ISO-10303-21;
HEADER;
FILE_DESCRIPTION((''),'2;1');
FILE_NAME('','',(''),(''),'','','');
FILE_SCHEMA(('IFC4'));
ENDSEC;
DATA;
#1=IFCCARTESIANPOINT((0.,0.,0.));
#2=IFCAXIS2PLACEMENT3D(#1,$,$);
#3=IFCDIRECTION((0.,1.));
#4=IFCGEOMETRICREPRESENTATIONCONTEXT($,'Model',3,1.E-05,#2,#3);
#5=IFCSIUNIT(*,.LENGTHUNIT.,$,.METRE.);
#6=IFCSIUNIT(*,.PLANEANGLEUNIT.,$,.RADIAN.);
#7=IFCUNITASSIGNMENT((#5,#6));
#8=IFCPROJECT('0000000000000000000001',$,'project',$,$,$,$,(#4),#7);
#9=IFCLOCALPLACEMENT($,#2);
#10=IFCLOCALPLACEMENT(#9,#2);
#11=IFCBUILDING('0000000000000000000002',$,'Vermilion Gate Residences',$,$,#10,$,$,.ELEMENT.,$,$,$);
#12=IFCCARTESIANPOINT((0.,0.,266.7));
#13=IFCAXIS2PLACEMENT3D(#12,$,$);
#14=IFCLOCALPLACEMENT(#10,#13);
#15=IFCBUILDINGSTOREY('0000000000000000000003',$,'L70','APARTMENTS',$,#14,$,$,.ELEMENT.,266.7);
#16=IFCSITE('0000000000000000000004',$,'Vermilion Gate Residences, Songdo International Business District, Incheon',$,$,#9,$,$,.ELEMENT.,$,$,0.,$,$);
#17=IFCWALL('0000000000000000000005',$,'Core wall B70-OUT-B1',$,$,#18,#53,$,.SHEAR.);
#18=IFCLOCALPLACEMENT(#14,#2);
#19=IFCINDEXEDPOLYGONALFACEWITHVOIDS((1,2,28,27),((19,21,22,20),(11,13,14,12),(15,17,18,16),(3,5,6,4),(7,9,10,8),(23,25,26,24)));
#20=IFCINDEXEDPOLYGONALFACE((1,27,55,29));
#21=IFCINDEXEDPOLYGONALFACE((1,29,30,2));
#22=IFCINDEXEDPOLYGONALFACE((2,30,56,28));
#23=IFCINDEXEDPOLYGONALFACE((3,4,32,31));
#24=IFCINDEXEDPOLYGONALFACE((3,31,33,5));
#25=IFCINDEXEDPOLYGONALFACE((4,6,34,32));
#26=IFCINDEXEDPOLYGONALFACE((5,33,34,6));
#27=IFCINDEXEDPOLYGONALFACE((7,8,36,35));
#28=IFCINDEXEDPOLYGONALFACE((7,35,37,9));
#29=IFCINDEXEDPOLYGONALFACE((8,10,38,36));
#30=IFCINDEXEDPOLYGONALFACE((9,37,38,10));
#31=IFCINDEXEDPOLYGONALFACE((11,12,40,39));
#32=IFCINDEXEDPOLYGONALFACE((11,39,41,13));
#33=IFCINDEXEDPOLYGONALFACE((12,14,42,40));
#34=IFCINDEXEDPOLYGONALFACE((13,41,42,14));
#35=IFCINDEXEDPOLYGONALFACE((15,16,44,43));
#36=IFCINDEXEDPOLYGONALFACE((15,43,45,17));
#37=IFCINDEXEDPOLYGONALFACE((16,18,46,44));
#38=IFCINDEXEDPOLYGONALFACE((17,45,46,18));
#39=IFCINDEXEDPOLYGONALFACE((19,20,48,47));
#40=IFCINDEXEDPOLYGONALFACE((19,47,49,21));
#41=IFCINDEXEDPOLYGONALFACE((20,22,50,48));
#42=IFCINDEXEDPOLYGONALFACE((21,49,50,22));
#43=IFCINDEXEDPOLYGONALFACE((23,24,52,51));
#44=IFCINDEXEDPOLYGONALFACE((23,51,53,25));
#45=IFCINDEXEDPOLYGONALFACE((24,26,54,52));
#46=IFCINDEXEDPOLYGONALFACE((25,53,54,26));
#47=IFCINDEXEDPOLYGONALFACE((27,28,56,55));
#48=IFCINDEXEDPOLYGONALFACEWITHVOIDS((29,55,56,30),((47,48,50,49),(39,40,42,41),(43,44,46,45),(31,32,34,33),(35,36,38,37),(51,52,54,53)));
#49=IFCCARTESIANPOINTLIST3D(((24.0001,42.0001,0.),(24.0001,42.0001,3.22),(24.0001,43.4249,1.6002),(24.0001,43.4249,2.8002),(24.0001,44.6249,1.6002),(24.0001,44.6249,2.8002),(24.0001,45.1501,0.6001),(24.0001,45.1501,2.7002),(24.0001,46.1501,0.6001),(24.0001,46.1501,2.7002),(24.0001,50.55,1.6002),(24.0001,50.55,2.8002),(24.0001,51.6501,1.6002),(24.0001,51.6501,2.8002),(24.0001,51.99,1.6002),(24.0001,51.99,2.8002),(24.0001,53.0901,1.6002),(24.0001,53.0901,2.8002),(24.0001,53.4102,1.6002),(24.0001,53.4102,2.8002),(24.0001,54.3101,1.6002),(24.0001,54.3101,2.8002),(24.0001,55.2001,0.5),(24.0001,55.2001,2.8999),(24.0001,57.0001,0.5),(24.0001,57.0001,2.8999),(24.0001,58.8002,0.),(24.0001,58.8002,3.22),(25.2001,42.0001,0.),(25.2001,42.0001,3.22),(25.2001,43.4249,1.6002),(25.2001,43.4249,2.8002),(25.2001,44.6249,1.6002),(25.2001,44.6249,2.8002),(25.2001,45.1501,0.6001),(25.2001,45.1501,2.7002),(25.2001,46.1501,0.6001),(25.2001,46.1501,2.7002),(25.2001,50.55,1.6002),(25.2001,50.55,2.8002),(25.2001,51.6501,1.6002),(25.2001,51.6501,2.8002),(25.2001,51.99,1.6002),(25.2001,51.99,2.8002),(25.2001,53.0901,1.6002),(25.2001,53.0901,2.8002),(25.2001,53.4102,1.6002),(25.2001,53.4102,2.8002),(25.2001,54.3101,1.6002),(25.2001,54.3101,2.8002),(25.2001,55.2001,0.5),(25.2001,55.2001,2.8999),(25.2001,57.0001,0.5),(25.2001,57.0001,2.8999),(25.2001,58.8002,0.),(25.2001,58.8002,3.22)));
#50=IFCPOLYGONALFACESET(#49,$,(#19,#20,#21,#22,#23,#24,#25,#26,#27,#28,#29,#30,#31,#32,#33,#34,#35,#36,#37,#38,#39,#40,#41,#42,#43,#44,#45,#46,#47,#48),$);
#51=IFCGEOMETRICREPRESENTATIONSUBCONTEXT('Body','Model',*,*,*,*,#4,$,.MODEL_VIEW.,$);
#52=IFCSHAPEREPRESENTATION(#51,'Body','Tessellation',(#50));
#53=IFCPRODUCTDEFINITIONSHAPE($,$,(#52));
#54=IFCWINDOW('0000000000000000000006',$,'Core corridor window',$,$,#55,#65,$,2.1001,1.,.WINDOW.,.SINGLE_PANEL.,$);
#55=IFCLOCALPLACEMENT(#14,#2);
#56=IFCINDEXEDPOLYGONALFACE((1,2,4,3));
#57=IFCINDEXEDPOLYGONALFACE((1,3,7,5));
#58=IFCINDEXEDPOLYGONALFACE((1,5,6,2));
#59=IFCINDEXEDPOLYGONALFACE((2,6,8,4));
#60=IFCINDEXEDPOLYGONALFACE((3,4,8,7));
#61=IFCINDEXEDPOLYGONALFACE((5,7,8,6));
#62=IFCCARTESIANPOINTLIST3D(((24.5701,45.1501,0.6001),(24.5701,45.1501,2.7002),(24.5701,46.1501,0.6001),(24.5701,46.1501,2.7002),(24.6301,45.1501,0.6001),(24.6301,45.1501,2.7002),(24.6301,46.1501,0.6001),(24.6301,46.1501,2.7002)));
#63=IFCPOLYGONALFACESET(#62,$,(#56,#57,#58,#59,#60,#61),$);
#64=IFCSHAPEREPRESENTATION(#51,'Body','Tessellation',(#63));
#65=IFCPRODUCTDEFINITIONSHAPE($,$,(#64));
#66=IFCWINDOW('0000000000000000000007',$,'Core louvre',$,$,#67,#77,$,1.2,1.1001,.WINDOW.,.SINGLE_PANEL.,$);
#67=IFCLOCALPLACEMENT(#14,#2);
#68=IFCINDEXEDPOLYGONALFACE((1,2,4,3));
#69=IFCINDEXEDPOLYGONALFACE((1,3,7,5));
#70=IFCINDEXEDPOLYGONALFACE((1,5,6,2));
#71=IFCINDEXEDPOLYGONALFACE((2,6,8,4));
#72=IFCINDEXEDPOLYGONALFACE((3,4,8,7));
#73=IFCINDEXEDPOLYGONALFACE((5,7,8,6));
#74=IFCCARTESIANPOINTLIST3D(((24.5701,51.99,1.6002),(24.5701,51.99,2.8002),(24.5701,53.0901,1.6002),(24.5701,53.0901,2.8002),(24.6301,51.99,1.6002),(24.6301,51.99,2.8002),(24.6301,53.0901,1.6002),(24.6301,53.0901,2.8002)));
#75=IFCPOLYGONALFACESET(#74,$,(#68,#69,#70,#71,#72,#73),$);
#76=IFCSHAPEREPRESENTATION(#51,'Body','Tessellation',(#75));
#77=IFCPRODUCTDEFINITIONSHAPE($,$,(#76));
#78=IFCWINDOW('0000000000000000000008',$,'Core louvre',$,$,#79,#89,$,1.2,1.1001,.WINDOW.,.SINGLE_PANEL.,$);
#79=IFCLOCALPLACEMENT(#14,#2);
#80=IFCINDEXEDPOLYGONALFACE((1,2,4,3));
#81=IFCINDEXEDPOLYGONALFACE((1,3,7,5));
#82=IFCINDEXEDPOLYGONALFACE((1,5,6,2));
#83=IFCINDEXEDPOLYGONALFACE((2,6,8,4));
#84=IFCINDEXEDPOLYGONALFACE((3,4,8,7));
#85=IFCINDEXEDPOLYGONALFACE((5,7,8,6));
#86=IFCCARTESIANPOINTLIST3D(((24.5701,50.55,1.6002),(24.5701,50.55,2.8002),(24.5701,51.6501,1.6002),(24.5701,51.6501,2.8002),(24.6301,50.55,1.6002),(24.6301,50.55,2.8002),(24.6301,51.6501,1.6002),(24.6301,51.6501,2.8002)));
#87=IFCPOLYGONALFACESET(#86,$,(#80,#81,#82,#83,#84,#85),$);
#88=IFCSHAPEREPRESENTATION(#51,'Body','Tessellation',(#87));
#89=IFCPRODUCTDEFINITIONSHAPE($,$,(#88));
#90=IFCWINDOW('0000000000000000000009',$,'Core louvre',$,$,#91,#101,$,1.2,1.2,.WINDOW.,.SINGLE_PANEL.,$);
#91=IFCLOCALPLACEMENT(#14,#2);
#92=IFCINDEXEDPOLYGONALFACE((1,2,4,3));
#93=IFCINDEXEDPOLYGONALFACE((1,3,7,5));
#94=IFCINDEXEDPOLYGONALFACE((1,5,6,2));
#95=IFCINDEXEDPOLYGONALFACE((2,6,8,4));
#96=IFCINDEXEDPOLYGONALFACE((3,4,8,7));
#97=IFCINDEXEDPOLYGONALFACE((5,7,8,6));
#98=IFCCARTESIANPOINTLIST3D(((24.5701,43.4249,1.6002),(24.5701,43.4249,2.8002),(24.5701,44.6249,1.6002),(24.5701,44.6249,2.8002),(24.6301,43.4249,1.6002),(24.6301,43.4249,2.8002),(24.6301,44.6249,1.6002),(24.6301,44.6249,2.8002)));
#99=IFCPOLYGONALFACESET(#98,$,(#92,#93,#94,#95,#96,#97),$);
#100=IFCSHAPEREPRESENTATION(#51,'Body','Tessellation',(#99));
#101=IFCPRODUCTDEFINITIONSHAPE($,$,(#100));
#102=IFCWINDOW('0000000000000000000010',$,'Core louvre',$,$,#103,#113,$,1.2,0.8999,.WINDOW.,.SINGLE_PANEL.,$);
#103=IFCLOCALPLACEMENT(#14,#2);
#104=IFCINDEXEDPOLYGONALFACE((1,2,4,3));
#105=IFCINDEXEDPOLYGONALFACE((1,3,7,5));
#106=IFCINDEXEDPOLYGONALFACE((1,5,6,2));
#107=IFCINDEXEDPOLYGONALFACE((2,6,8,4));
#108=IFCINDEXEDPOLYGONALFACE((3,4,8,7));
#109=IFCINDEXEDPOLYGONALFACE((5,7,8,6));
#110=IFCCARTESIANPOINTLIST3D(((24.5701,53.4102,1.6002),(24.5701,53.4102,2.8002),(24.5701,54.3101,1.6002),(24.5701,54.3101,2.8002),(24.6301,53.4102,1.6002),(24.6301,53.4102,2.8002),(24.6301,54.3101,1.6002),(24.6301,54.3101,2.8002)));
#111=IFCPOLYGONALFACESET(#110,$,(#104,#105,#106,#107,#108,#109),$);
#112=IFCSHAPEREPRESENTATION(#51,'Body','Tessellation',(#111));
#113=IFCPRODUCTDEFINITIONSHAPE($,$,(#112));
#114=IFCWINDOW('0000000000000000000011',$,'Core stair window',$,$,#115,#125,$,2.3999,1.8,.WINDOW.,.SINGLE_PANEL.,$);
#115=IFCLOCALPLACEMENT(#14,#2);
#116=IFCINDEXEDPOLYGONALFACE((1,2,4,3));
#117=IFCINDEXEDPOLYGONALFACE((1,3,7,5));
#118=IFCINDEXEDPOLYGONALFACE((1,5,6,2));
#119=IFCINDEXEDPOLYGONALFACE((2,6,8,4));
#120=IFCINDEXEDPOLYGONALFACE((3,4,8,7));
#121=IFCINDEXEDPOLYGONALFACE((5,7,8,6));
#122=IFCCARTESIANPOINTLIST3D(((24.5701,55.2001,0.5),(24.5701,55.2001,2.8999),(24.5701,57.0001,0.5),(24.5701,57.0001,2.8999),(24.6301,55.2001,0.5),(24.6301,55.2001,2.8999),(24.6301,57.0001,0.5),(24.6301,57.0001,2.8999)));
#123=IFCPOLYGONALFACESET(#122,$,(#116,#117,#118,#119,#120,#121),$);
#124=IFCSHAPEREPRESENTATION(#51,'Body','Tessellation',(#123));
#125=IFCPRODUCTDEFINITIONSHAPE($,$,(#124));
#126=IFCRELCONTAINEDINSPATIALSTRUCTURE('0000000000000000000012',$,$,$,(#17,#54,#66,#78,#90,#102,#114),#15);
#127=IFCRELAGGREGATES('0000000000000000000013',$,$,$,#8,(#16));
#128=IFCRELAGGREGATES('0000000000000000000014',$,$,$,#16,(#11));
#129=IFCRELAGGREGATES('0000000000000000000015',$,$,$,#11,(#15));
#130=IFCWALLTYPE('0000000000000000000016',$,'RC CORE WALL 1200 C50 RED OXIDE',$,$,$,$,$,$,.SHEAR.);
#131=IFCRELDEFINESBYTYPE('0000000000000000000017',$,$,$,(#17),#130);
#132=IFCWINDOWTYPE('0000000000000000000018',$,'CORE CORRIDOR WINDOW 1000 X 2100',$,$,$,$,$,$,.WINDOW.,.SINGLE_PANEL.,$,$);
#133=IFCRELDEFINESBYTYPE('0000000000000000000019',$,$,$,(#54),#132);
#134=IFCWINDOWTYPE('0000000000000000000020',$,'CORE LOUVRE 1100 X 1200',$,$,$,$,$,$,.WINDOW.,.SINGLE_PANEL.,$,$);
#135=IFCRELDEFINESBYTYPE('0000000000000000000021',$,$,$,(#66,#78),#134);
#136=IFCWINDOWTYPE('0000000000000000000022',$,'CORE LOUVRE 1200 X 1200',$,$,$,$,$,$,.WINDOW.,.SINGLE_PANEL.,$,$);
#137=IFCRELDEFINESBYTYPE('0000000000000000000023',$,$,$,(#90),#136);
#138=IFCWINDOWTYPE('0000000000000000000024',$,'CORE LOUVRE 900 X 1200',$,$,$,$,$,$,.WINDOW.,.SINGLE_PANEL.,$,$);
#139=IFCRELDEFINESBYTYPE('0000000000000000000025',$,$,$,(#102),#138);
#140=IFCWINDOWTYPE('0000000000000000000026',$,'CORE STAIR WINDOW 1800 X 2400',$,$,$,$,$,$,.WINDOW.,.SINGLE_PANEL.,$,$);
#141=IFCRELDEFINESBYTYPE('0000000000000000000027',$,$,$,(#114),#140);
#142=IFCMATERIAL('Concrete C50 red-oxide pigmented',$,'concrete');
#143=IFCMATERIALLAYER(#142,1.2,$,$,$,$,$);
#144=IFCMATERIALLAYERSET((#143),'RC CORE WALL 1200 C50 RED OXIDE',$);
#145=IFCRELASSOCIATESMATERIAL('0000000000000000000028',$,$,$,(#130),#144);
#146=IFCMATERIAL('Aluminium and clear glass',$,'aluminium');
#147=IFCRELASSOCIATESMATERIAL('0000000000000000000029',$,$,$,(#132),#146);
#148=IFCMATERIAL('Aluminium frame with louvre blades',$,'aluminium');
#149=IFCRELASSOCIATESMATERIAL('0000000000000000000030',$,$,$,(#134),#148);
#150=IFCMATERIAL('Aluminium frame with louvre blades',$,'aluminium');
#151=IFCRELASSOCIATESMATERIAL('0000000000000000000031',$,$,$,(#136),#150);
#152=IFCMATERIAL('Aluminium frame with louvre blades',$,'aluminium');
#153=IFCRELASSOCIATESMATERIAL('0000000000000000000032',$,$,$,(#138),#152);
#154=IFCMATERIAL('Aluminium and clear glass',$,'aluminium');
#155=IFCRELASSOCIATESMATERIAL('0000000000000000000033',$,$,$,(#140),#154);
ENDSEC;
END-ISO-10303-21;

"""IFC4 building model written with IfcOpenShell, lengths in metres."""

from ifc_helpers import new_model, si_unit, direction, frame, frame_2d, origin, place, context, subcontext, project, spatial, rectangle, extrude, material, layer, layer_set, type_object, element, fill, save


model = new_model("IFC4")

# Units and contexts
model_context = context("Model", 3, precision=1e-05, world=origin(), true_north=direction((0.0, 1.0)))
body_context = subcontext(model_context, "Body", "Model", "MODEL_VIEW")
ifc_project = project(units=[si_unit("LENGTHUNIT", "METRE"), si_unit("PLANEANGLEUNIT", "RADIAN")], contexts=[model_context])

# Site, building, storey
site_placement = place(None, origin())
site = spatial("IfcSite", under=ifc_project, at=site_placement, Name="Vermilion Gate Residences, Songdo International Business District, Incheon", CompositionType="ELEMENT", RefElevation=0.0)
building_placement = place(site_placement, origin())
building = spatial("IfcBuilding", under=site, at=building_placement, Name="Vermilion Gate Residences", CompositionType="ELEMENT")
storey_placement = place(building_placement, frame((0.0, 0.0, 266.7)))
storey = spatial("IfcBuildingStorey", under=building, at=storey_placement, Name="L70", Description="APARTMENTS", CompositionType="ELEMENT", Elevation=266.7)

# Wall, openings, windows
ifc_material_1 = material(Name="Concrete C50 red-oxide pigmented", Category="concrete")
ifc_layer_1 = layer(ifc_material_1, 1.2)
ifc_layer_set_1 = layer_set([ifc_layer_1], Name="RC CORE WALL 1200 C50 RED OXIDE")
wall_type_1 = type_object("IfcWallType", Name="RC CORE WALL 1200 C50 RED OXIDE", PredefinedType="SHEAR", material=ifc_layer_set_1)
wall_placement = place(storey_placement, frame((24.6001, 58.8, 0.0), z_axis=(0.0, 0.0, 1.0), x_axis=(0.0, -1.0, 0.0)))
wall = element("IfcWall", 1, at=wall_placement, inside=storey, type_object=wall_type_1, Name="Core wall B70-OUT-B1", PredefinedType="SHEAR", context=body_context, shape_type="SweptSolid", body=[
    extrude(rectangle(XDim=16.8, YDim=1.2, at=frame_2d((8.3999, 0.0))), origin(), (0.0, 0.0, 1.0), 3.22),
])
opening_1_placement = place(wall_placement, frame((1.8, 0.0, 0.5)))
opening_1 = element("IfcOpeningElement", 2, at=opening_1_placement, cuts=wall, PredefinedType="OPENING", context=body_context, shape_type="SweptSolid", body=[
    extrude(rectangle(XDim=1.8, YDim=2.3999, at=frame_2d((0.8999, 1.2))), frame((0.0, 0.6099, 0.0), z_axis=(0.0, -1.0, 0.0), x_axis=(1.0, 0.0, 0.0)), (0.0, 0.0, 1.0), 1.22),
])
opening_2_placement = place(wall_placement, frame((4.49, 0.0, 1.6001)))
opening_2 = element("IfcOpeningElement", 3, at=opening_2_placement, cuts=wall, PredefinedType="OPENING", context=body_context, shape_type="SweptSolid", body=[
    extrude(rectangle(XDim=0.8999, YDim=1.2, at=frame_2d((0.45, 0.6001))), frame((0.0, 0.6099, 0.0), z_axis=(0.0, -1.0, 0.0), x_axis=(1.0, 0.0, 0.0)), (0.0, 0.0, 1.0), 1.22),
])
opening_3_placement = place(wall_placement, frame((5.71, 0.0, 1.6001)))
opening_3 = element("IfcOpeningElement", 4, at=opening_3_placement, cuts=wall, PredefinedType="OPENING", context=body_context, shape_type="SweptSolid", body=[
    extrude(rectangle(XDim=1.1001, YDim=1.2, at=frame_2d((0.55, 0.6001))), frame((0.0, 0.6099, 0.0), z_axis=(0.0, -1.0, 0.0), x_axis=(1.0, 0.0, 0.0)), (0.0, 0.0, 1.0), 1.22),
])
opening_4_placement = place(wall_placement, frame((7.1499, 0.0, 1.6001)))
opening_4 = element("IfcOpeningElement", 5, at=opening_4_placement, cuts=wall, PredefinedType="OPENING", context=body_context, shape_type="SweptSolid", body=[
    extrude(rectangle(XDim=1.1001, YDim=1.2, at=frame_2d((0.55, 0.6001))), frame((0.0, 0.6099, 0.0), z_axis=(0.0, -1.0, 0.0), x_axis=(1.0, 0.0, 0.0)), (0.0, 0.0, 1.0), 1.22),
])
opening_5_placement = place(wall_placement, frame((12.6499, 0.0, 0.6001)))
opening_5 = element("IfcOpeningElement", 6, at=opening_5_placement, cuts=wall, PredefinedType="OPENING", context=body_context, shape_type="SweptSolid", body=[
    extrude(rectangle(XDim=1.0, YDim=2.1001, at=frame_2d((0.5, 1.05))), frame((0.0, 0.6099, 0.0), z_axis=(0.0, -1.0, 0.0), x_axis=(1.0, 0.0, 0.0)), (0.0, 0.0, 1.0), 1.22),
])
opening_6_placement = place(wall_placement, frame((14.175, 0.0, 1.6001)))
opening_6 = element("IfcOpeningElement", 7, at=opening_6_placement, cuts=wall, PredefinedType="OPENING", context=body_context, shape_type="SweptSolid", body=[
    extrude(rectangle(XDim=1.2, YDim=1.2, at=frame_2d((0.6001, 0.6001))), frame((0.0, 0.6099, 0.0), z_axis=(0.0, -1.0, 0.0), x_axis=(1.0, 0.0, 0.0)), (0.0, 0.0, 1.0), 1.22),
])
ifc_material_2 = material(Name="Aluminium and clear glass", Category="aluminium")
window_type_1 = type_object("IfcWindowType", Name="CORE CORRIDOR WINDOW 1000 X 2100", PartitioningType="SINGLE_PANEL", PredefinedType="WINDOW", material=ifc_material_2)
window_1_placement = place(opening_5_placement, origin())
window_1 = element("IfcWindow", 8, at=window_1_placement, inside=storey, type_object=window_type_1, Name="Core corridor window", OverallHeight=2.1001, OverallWidth=1.0, PartitioningType="SINGLE_PANEL", PredefinedType="WINDOW", context=body_context, shape_type="SweptSolid", body=[
    extrude(rectangle(XDim=1.0, YDim=2.1001, at=frame_2d((0.5, 1.05))), frame((0.0, 0.03, 0.0), z_axis=(0.0, -1.0, 0.0), x_axis=(1.0, 0.0, 0.0)), (0.0, 0.0, 1.0), 0.0601),
])
fill(opening_5, window_1)
ifc_material_3 = material(Name="Aluminium frame with louvre blades", Category="aluminium")
window_type_2 = type_object("IfcWindowType", Name="CORE LOUVRE 1100 X 1200", PartitioningType="SINGLE_PANEL", PredefinedType="WINDOW", material=ifc_material_3)
window_2_placement = place(opening_3_placement, origin())
window_2 = element("IfcWindow", 9, at=window_2_placement, inside=storey, type_object=window_type_2, Name="Core louvre", OverallHeight=1.2, OverallWidth=1.1001, PartitioningType="SINGLE_PANEL", PredefinedType="WINDOW", context=body_context, shape_type="SweptSolid", body=[
    extrude(rectangle(XDim=1.1001, YDim=1.2, at=frame_2d((0.55, 0.6001))), frame((0.0, 0.03, 0.0), z_axis=(0.0, -1.0, 0.0), x_axis=(1.0, 0.0, 0.0)), (0.0, 0.0, 1.0), 0.0601),
])
fill(opening_3, window_2)
window_3_placement = place(opening_4_placement, origin())
window_3 = element("IfcWindow", 10, at=window_3_placement, inside=storey, type_object=window_type_2, Name="Core louvre", OverallHeight=1.2, OverallWidth=1.1001, PartitioningType="SINGLE_PANEL", PredefinedType="WINDOW", context=body_context, shape_type="SweptSolid", body=[
    extrude(rectangle(XDim=1.1001, YDim=1.2, at=frame_2d((0.55, 0.6001))), frame((0.0, 0.03, 0.0), z_axis=(0.0, -1.0, 0.0), x_axis=(1.0, 0.0, 0.0)), (0.0, 0.0, 1.0), 0.0601),
])
fill(opening_4, window_3)
ifc_material_4 = material(Name="Aluminium frame with louvre blades", Category="aluminium")
window_type_3 = type_object("IfcWindowType", Name="CORE LOUVRE 1200 X 1200", PartitioningType="SINGLE_PANEL", PredefinedType="WINDOW", material=ifc_material_4)
window_4_placement = place(opening_6_placement, origin())
window_4 = element("IfcWindow", 11, at=window_4_placement, inside=storey, type_object=window_type_3, Name="Core louvre", OverallHeight=1.2, OverallWidth=1.2, PartitioningType="SINGLE_PANEL", PredefinedType="WINDOW", context=body_context, shape_type="SweptSolid", body=[
    extrude(rectangle(XDim=1.2, YDim=1.2, at=frame_2d((0.6001, 0.6001))), frame((0.0, 0.03, 0.0), z_axis=(0.0, -1.0, 0.0), x_axis=(1.0, 0.0, 0.0)), (0.0, 0.0, 1.0), 0.0601),
])
fill(opening_6, window_4)
ifc_material_5 = material(Name="Aluminium frame with louvre blades", Category="aluminium")
window_type_4 = type_object("IfcWindowType", Name="CORE LOUVRE 900 X 1200", PartitioningType="SINGLE_PANEL", PredefinedType="WINDOW", material=ifc_material_5)
window_5_placement = place(opening_2_placement, origin())
window_5 = element("IfcWindow", 12, at=window_5_placement, inside=storey, type_object=window_type_4, Name="Core louvre", OverallHeight=1.2, OverallWidth=0.8999, PartitioningType="SINGLE_PANEL", PredefinedType="WINDOW", context=body_context, shape_type="SweptSolid", body=[
    extrude(rectangle(XDim=0.8999, YDim=1.2, at=frame_2d((0.45, 0.6001))), frame((0.0, 0.03, 0.0), z_axis=(0.0, -1.0, 0.0), x_axis=(1.0, 0.0, 0.0)), (0.0, 0.0, 1.0), 0.0601),
])
fill(opening_2, window_5)
ifc_material_6 = material(Name="Aluminium and clear glass", Category="aluminium")
window_type_5 = type_object("IfcWindowType", Name="CORE STAIR WINDOW 1800 X 2400", PartitioningType="SINGLE_PANEL", PredefinedType="WINDOW", material=ifc_material_6)
window_6_placement = place(opening_1_placement, origin())
window_6 = element("IfcWindow", 13, at=window_6_placement, inside=storey, type_object=window_type_5, Name="Core stair window", OverallHeight=2.3999, OverallWidth=1.8, PartitioningType="SINGLE_PANEL", PredefinedType="WINDOW", context=body_context, shape_type="SweptSolid", body=[
    extrude(rectangle(XDim=1.8, YDim=2.3999, at=frame_2d((0.8999, 1.2))), frame((0.0, 0.03, 0.0), z_axis=(0.0, -1.0, 0.0), x_axis=(1.0, 0.0, 0.0)), (0.0, 0.0, 1.0), 0.0601),
])
fill(opening_1, window_6)

save(model, "model.ifc")
